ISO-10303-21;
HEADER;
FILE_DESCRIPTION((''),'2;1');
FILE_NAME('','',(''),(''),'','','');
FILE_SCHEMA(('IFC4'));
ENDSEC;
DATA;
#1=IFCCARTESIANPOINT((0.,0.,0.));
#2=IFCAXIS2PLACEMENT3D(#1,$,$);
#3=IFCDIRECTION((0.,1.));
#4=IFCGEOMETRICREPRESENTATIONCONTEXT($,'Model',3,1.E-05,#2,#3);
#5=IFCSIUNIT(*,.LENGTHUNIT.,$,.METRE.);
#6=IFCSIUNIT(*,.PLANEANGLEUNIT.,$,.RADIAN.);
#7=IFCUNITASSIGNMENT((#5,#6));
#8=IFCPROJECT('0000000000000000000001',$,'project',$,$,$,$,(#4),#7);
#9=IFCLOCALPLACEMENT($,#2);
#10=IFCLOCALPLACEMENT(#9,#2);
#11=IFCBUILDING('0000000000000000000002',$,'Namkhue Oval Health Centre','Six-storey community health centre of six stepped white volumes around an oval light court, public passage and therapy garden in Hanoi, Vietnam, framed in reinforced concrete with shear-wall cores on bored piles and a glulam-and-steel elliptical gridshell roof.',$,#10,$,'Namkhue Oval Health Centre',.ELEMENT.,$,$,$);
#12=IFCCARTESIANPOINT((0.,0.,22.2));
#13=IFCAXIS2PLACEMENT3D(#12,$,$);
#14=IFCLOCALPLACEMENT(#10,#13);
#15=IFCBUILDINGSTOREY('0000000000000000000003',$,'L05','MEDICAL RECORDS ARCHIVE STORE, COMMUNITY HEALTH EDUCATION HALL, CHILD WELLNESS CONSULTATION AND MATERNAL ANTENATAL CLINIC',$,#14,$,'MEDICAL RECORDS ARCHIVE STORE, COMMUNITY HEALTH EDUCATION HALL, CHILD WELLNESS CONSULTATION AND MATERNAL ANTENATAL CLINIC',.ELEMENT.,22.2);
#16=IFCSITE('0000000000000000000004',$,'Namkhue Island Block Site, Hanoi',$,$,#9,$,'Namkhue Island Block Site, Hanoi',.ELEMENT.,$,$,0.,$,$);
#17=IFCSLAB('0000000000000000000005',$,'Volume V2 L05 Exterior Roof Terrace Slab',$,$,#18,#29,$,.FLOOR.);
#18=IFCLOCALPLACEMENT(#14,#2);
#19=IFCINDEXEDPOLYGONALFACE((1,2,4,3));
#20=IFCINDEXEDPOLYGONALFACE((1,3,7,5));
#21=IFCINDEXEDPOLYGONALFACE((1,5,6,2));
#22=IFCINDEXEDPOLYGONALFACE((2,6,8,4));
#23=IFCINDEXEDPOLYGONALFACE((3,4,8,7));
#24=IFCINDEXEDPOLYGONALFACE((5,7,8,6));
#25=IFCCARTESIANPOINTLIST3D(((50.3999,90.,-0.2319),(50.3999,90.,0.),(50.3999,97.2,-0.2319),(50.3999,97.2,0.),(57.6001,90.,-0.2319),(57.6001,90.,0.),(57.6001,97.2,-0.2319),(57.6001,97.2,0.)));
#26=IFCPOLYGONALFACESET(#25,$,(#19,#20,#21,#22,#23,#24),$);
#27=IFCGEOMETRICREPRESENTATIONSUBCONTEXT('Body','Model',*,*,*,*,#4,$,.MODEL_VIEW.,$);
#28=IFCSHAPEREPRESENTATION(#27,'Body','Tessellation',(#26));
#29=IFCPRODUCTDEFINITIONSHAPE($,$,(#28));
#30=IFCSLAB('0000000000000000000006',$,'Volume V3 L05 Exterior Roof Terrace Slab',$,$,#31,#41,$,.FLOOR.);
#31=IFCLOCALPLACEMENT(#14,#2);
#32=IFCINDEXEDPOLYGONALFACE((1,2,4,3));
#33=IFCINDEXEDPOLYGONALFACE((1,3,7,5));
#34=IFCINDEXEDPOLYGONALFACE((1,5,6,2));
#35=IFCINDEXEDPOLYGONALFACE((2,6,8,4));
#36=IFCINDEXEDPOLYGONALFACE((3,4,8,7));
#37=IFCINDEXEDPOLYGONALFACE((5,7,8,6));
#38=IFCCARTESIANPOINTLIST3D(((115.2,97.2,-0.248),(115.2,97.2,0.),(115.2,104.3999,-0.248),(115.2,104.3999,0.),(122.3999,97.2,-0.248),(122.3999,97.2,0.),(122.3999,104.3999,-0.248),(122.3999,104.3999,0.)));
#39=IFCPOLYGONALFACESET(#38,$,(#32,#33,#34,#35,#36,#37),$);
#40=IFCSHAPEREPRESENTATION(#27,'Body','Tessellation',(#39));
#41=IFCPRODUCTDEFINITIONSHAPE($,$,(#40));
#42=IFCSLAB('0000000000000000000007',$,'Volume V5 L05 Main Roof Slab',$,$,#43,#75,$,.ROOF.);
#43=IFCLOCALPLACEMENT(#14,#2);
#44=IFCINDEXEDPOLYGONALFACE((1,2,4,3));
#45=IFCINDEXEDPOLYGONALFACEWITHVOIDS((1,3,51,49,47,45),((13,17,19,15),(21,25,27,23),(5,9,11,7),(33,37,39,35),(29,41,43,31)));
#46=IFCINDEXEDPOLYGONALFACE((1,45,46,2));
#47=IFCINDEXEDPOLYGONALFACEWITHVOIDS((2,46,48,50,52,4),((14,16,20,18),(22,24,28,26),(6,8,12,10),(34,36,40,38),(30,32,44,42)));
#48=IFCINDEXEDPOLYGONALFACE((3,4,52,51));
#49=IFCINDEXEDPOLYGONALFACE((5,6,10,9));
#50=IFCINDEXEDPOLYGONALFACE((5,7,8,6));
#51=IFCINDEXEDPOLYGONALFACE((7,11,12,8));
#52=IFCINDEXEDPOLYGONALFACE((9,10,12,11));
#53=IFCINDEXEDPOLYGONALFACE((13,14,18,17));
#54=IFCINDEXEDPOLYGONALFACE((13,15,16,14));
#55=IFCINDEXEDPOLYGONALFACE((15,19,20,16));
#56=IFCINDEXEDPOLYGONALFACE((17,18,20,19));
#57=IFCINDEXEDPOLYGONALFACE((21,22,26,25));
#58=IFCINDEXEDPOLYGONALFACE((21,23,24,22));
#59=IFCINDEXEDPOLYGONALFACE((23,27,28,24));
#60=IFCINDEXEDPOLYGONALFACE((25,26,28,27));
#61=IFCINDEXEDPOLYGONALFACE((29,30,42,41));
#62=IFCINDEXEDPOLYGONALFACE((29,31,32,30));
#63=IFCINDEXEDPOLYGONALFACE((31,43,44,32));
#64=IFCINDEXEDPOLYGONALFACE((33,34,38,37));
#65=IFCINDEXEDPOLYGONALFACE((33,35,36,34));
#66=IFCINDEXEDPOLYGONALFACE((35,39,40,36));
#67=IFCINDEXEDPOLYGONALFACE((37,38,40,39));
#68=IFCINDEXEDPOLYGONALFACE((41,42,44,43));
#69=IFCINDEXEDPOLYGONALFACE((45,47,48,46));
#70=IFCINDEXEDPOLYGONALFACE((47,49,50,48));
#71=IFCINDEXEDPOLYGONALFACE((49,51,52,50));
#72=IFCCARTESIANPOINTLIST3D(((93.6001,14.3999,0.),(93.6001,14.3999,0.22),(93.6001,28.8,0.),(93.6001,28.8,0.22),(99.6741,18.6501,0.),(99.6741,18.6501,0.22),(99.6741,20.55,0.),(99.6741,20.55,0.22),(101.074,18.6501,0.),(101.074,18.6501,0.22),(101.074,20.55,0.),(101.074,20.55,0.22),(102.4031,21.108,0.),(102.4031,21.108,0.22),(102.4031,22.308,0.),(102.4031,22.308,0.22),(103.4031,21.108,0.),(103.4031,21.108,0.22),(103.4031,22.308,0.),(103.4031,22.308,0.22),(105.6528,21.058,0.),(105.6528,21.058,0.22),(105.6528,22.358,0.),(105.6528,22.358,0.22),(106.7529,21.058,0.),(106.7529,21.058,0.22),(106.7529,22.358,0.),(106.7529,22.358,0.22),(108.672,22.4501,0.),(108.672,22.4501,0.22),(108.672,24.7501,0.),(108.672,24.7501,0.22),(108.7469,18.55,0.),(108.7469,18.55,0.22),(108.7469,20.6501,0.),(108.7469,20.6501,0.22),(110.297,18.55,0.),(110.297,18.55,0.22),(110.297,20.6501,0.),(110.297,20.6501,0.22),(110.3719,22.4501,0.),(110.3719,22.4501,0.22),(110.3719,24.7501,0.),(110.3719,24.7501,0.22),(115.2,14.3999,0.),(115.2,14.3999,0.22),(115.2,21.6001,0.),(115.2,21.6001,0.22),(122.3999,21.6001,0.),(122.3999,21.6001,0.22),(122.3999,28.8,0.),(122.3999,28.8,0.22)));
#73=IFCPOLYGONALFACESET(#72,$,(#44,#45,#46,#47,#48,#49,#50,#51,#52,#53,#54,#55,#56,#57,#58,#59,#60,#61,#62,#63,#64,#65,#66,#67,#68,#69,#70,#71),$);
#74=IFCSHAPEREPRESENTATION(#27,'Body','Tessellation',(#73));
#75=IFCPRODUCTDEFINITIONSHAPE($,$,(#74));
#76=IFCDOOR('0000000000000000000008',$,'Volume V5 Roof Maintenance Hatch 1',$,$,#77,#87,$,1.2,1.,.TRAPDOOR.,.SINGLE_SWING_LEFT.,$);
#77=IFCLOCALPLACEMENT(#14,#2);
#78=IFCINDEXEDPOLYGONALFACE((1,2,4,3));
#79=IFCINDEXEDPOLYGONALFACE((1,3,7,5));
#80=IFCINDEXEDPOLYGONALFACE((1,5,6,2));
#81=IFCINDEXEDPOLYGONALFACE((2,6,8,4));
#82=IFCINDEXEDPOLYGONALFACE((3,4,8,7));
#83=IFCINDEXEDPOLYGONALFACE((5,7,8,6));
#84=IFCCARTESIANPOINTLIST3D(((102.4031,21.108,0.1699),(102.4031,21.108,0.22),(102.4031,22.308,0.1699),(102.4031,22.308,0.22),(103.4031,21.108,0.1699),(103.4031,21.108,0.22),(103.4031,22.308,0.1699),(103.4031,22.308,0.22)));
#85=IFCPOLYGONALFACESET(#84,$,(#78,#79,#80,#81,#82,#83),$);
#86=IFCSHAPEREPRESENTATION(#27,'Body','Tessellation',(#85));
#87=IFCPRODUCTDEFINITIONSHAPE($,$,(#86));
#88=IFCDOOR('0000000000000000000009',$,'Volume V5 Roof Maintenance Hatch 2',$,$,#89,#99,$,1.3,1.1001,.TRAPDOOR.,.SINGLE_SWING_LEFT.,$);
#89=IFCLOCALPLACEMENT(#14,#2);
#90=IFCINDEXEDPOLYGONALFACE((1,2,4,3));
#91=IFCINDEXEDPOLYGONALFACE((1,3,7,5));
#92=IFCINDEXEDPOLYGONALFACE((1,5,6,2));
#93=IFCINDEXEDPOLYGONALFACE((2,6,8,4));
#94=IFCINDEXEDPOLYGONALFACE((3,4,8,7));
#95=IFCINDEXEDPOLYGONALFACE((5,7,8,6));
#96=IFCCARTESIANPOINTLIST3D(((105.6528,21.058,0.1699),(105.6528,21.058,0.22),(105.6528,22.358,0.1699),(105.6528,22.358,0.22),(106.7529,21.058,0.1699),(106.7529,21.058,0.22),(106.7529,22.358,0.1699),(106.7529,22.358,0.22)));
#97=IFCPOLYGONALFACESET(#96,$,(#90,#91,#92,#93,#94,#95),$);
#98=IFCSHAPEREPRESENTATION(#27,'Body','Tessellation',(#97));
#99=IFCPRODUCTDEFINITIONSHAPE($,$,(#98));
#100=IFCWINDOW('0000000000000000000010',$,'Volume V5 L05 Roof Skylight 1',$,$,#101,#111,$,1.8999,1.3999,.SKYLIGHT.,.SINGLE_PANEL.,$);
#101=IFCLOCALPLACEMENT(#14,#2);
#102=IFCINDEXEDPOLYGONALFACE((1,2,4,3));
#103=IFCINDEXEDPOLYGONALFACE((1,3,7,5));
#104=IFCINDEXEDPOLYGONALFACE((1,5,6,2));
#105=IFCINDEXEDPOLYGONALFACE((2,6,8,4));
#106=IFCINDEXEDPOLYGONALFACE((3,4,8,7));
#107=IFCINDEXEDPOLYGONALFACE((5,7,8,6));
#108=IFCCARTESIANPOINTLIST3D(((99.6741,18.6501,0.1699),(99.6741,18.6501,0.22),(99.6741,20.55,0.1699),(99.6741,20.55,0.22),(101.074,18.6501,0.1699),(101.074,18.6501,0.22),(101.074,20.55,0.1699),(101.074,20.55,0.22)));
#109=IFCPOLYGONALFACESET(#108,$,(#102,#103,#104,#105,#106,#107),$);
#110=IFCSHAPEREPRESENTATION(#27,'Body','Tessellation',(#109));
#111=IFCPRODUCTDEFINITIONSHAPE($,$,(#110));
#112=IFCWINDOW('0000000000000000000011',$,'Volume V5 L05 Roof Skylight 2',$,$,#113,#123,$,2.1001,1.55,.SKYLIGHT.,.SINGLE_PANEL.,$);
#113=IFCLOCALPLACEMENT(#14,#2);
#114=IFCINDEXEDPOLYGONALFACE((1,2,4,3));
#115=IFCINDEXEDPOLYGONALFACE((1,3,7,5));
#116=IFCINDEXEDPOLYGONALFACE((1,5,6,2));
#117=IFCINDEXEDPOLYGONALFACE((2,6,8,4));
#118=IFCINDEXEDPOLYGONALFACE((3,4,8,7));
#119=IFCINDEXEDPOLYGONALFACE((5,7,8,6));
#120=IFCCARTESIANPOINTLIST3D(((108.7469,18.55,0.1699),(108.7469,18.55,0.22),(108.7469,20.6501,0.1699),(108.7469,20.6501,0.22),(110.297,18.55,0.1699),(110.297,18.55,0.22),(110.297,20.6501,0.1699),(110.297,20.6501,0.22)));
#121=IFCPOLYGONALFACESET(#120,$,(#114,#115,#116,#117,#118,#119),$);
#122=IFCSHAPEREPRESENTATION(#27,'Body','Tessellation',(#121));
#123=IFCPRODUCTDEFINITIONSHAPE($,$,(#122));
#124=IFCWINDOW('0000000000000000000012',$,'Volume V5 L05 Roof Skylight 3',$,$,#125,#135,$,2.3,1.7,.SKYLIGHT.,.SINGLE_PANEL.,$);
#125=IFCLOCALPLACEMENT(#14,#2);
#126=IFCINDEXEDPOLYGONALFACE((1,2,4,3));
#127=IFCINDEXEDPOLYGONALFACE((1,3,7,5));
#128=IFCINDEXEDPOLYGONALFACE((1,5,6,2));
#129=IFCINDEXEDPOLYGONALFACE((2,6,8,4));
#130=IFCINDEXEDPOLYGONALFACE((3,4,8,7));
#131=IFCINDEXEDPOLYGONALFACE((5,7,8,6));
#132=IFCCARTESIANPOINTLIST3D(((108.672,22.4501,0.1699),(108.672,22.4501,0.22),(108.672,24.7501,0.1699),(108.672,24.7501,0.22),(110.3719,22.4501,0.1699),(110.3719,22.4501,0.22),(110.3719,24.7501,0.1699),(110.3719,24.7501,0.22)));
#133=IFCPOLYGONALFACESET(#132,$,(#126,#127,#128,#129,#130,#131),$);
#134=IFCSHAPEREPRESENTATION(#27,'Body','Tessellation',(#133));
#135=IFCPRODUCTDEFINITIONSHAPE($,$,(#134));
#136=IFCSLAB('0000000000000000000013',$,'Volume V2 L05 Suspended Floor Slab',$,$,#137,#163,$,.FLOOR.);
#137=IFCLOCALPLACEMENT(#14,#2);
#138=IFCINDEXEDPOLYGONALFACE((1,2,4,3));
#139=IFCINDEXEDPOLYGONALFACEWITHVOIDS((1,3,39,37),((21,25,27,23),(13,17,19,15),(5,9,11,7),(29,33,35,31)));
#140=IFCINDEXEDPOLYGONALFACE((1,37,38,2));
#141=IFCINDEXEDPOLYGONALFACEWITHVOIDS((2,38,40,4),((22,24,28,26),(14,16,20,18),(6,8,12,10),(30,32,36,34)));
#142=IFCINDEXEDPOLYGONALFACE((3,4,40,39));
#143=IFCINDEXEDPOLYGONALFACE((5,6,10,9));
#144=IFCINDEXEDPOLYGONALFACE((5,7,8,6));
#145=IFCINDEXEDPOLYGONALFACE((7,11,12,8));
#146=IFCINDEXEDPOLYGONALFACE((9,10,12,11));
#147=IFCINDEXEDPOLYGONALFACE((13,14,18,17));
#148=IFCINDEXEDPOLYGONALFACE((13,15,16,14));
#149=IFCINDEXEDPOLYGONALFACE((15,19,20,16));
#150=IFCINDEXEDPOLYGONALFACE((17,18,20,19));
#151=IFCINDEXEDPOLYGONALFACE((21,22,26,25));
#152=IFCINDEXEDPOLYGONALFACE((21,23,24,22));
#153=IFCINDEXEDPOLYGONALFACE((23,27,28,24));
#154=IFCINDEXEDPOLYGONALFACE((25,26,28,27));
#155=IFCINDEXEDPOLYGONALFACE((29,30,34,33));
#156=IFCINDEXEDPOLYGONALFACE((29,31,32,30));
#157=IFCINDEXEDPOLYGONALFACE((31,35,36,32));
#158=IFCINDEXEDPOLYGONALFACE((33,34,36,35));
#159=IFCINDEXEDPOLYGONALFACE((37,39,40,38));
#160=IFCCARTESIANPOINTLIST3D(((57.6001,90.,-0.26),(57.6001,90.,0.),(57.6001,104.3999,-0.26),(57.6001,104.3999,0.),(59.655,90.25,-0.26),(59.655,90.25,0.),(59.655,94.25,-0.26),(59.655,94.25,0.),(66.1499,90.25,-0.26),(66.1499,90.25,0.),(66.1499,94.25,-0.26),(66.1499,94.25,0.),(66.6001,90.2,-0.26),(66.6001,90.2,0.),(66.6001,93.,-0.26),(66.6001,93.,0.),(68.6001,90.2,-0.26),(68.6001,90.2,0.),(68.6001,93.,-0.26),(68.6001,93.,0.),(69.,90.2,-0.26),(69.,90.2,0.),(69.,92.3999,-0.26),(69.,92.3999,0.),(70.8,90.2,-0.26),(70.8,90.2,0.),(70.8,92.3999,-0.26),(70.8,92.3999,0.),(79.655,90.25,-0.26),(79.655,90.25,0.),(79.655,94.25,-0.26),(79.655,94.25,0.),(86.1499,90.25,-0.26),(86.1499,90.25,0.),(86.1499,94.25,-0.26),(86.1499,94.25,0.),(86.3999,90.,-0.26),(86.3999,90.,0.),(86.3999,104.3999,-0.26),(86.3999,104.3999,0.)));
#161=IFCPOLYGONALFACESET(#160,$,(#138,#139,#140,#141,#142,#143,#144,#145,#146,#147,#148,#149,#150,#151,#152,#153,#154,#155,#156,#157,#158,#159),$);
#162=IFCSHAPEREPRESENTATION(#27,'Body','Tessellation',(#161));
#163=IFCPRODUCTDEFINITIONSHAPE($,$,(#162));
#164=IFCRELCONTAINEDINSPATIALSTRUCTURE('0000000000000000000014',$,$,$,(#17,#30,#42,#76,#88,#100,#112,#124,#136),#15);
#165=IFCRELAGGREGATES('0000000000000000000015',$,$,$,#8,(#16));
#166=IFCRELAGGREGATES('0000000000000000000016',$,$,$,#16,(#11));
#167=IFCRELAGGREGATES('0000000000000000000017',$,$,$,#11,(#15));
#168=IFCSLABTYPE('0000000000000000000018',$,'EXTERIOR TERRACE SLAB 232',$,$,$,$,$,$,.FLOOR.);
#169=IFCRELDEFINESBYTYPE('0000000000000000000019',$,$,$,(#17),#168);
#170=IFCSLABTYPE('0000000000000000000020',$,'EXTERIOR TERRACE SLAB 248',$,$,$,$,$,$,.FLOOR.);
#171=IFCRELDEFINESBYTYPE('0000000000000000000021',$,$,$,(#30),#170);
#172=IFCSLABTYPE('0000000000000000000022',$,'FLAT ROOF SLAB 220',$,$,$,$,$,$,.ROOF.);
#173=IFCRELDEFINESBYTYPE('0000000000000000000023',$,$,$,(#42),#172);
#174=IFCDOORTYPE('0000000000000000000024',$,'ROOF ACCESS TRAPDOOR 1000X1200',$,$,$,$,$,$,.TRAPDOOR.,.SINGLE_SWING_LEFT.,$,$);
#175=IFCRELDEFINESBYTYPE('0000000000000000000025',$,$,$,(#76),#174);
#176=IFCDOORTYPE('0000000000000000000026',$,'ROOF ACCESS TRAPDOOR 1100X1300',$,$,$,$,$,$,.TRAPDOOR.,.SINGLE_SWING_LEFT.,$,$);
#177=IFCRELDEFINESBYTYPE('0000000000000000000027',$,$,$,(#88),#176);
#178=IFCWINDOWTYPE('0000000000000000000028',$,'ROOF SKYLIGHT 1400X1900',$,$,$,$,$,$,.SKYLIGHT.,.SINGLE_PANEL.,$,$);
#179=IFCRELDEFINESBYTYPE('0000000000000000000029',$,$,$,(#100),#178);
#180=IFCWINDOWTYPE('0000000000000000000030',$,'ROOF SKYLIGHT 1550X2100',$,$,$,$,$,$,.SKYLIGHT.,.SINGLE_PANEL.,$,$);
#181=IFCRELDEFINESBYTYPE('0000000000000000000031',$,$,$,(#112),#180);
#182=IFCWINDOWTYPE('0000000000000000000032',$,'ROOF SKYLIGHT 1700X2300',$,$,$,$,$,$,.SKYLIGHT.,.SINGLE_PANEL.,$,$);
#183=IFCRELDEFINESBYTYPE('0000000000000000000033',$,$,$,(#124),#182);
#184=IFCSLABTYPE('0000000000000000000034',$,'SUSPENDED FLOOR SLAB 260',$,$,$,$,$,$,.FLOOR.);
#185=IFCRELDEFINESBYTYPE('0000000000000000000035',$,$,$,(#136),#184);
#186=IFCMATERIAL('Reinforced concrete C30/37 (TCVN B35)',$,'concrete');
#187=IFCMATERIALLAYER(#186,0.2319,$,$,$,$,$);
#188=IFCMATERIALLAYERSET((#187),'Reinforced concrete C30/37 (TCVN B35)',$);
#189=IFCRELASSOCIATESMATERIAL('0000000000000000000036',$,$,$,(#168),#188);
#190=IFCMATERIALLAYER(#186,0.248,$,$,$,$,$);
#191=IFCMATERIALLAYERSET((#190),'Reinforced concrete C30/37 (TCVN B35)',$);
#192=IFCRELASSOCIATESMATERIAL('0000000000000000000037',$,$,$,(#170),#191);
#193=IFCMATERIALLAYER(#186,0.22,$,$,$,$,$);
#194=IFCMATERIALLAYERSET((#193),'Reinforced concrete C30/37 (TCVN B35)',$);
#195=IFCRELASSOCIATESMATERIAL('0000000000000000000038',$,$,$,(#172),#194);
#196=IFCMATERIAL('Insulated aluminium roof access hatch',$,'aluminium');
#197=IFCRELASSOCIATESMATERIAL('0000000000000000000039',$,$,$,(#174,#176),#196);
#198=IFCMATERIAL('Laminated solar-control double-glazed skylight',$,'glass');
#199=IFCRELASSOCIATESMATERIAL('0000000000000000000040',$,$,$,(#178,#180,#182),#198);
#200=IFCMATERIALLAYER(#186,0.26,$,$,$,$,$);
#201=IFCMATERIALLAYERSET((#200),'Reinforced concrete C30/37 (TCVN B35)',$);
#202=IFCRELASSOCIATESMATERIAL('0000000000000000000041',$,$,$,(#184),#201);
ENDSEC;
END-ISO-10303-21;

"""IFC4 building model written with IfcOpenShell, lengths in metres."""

from ifc_helpers import new_model, si_unit, direction, frame, origin, origin_2d, place, context, subcontext, project, spatial, polyline, rectangle, outline, extrude, material, layer, layer_set, type_object, element, fill, save


model = new_model("IFC4")

# Units and contexts
model_context = context("Model", 3, precision=1e-05, world=origin(), true_north=direction((0.0, 1.0)))
body_context = subcontext(model_context, "Body", "Model", "MODEL_VIEW")
ifc_project = project(units=[si_unit("LENGTHUNIT", "METRE"), si_unit("PLANEANGLEUNIT", "RADIAN")], contexts=[model_context])

# Site, building, storey
site_placement = place(None, origin())
site = spatial("IfcSite", under=ifc_project, at=site_placement, Name="Namkhue Island Block Site, Hanoi", LongName="Namkhue Island Block Site, Hanoi", CompositionType="ELEMENT", RefElevation=0.0)
building_placement = place(site_placement, origin())
building = spatial("IfcBuilding", under=site, at=building_placement, Name="Namkhue Oval Health Centre", Description="Six-storey community health centre of six stepped white volumes around an oval light court, public passage and therapy garden in Hanoi, Vietnam, framed in reinforced concrete with shear-wall cores on bored piles and a glulam-and-steel elliptical gridshell roof.", LongName="Namkhue Oval Health Centre", CompositionType="ELEMENT")
storey_placement = place(building_placement, frame((0.0, 0.0, 22.2)))
storey = spatial("IfcBuildingStorey", under=building, at=storey_placement, Name="L05", Description="MEDICAL RECORDS ARCHIVE STORE, COMMUNITY HEALTH EDUCATION HALL, CHILD WELLNESS CONSULTATION AND MATERNAL ANTENATAL CLINIC", LongName="MEDICAL RECORDS ARCHIVE STORE, COMMUNITY HEALTH EDUCATION HALL, CHILD WELLNESS CONSULTATION AND MATERNAL ANTENATAL CLINIC", CompositionType="ELEMENT", Elevation=22.2)

# Slabs
ifc_material_1 = material(Name="Reinforced concrete C30/37 (TCVN B35)", Category="concrete")
ifc_layer_1 = layer(ifc_material_1, 0.2319)
ifc_layer_set_1 = layer_set([ifc_layer_1], Name="Reinforced concrete C30/37 (TCVN B35)")
slab_type_1 = type_object("IfcSlabType", Name="EXTERIOR TERRACE SLAB 232", PredefinedType="FLOOR", material=ifc_layer_set_1)
slab_1_placement = place(storey_placement, frame((0.0, 0.0, -0.2319)))
element("IfcSlab", 1, at=slab_1_placement, inside=storey, type_object=slab_type_1, Name="Volume V2 L05 Exterior Roof Terrace Slab", PredefinedType="FLOOR", context=body_context, shape_type="SweptSolid", body=[
    extrude(outline(polyline([(50.3999, 90.0), (57.6001, 90.0), (57.6001, 97.2), (50.3999, 97.2), (50.3999, 90.0)])), origin(), (0.0, 0.0, 1.0), 0.2319),
])
ifc_layer_2 = layer(ifc_material_1, 0.248)
ifc_layer_set_2 = layer_set([ifc_layer_2], Name="Reinforced concrete C30/37 (TCVN B35)")
slab_type_2 = type_object("IfcSlabType", Name="EXTERIOR TERRACE SLAB 248", PredefinedType="FLOOR", material=ifc_layer_set_2)
slab_2_placement = place(storey_placement, frame((0.0, 0.0, -0.248)))
element("IfcSlab", 2, at=slab_2_placement, inside=storey, type_object=slab_type_2, Name="Volume V3 L05 Exterior Roof Terrace Slab", PredefinedType="FLOOR", context=body_context, shape_type="SweptSolid", body=[
    extrude(outline(polyline([(115.2, 97.2), (122.3999, 97.2), (122.3999, 104.3999), (115.2, 104.3999), (115.2, 97.2)])), origin(), (0.0, 0.0, 1.0), 0.248),
])

# Slab, openings, doors, windows
ifc_layer_3 = layer(ifc_material_1, 0.22)
ifc_layer_set_3 = layer_set([ifc_layer_3], Name="Reinforced concrete C30/37 (TCVN B35)")
slab_type_3 = type_object("IfcSlabType", Name="FLAT ROOF SLAB 220", PredefinedType="ROOF", material=ifc_layer_set_3)
slab_3_placement = place(storey_placement, origin())
slab_3 = element("IfcSlab", 3, at=slab_3_placement, inside=storey, type_object=slab_type_3, Name="Volume V5 L05 Main Roof Slab", PredefinedType="ROOF", context=body_context, shape_type="SweptSolid", body=[
    extrude(outline(polyline([(93.6001, 14.3999), (115.2, 14.3999), (115.2, 21.6001), (122.3999, 21.6001), (122.3999, 28.8), (93.6001, 28.8), (93.6001, 14.3999)])), origin(), (0.0, 0.0, 1.0), 0.22),
])
opening_1_placement = place(slab_3_placement, frame((102.9031, 21.708, 0.0)))
opening_1 = element("IfcOpeningElement", 4, at=opening_1_placement, cuts=slab_3, PredefinedType="OPENING", context=body_context, shape_type="SweptSolid", body=[
    extrude(rectangle(XDim=1.0, YDim=1.2, at=origin_2d()), frame((0.0, 0.0, -0.01)), (0.0, 0.0, 1.0), 0.24),
])
opening_2_placement = place(slab_3_placement, frame((106.2029, 21.708, 0.0)))
opening_2 = element("IfcOpeningElement", 5, at=opening_2_placement, cuts=slab_3, PredefinedType="OPENING", context=body_context, shape_type="SweptSolid", body=[
    extrude(rectangle(XDim=1.1001, YDim=1.3, at=origin_2d()), frame((0.0, 0.0, -0.01)), (0.0, 0.0, 1.0), 0.24),
])
opening_3_placement = place(slab_3_placement, frame((100.374, 19.6001, 0.0)))
opening_3 = element("IfcOpeningElement", 6, at=opening_3_placement, cuts=slab_3, PredefinedType="OPENING", context=body_context, shape_type="SweptSolid", body=[
    extrude(rectangle(XDim=1.3999, YDim=1.8999, at=origin_2d()), frame((0.0, 0.0, -0.01)), (0.0, 0.0, 1.0), 0.24),
])
opening_4_placement = place(slab_3_placement, frame((109.522, 19.6001, 0.0)))
opening_4 = element("IfcOpeningElement", 7, at=opening_4_placement, cuts=slab_3, PredefinedType="OPENING", context=body_context, shape_type="SweptSolid", body=[
    extrude(rectangle(XDim=1.55, YDim=2.1001, at=origin_2d()), frame((0.0, 0.0, -0.01)), (0.0, 0.0, 1.0), 0.24),
])
opening_5_placement = place(slab_3_placement, frame((109.522, 23.6001, 0.0)))
opening_5 = element("IfcOpeningElement", 8, at=opening_5_placement, cuts=slab_3, PredefinedType="OPENING", context=body_context, shape_type="SweptSolid", body=[
    extrude(rectangle(XDim=1.7, YDim=2.3, at=origin_2d()), frame((0.0, 0.0, -0.01)), (0.0, 0.0, 1.0), 0.24),
])
ifc_material_2 = material(Name="Insulated aluminium roof access hatch", Category="aluminium")
door_type_1 = type_object("IfcDoorType", Name="ROOF ACCESS TRAPDOOR 1000X1200", OperationType="SINGLE_SWING_LEFT", PredefinedType="TRAPDOOR", material=ifc_material_2)
door_1_placement = place(opening_1_placement, frame((0.0, 0.0, 0.1699)))
door_1 = element("IfcDoor", 9, at=door_1_placement, inside=storey, type_object=door_type_1, Name="Volume V5 Roof Maintenance Hatch 1", OperationType="SINGLE_SWING_LEFT", OverallHeight=1.2, OverallWidth=1.0, PredefinedType="TRAPDOOR", context=body_context, shape_type="SweptSolid", body=[
    extrude(rectangle(XDim=1.0, YDim=1.2, at=origin_2d()), origin(), (0.0, 0.0, 1.0), 0.05),
])
fill(opening_1, door_1)
door_type_2 = type_object("IfcDoorType", Name="ROOF ACCESS TRAPDOOR 1100X1300", OperationType="SINGLE_SWING_LEFT", PredefinedType="TRAPDOOR", material=ifc_material_2)
door_2_placement = place(opening_2_placement, frame((0.0, 0.0, 0.1699)))
door_2 = element("IfcDoor", 10, at=door_2_placement, inside=storey, type_object=door_type_2, Name="Volume V5 Roof Maintenance Hatch 2", OperationType="SINGLE_SWING_LEFT", OverallHeight=1.3, OverallWidth=1.1001, PredefinedType="TRAPDOOR", context=body_context, shape_type="SweptSolid", body=[
    extrude(rectangle(XDim=1.1001, YDim=1.3, at=origin_2d()), origin(), (0.0, 0.0, 1.0), 0.05),
])
fill(opening_2, door_2)
ifc_material_3 = material(Name="Laminated solar-control double-glazed skylight", Category="glass")
window_type_1 = type_object("IfcWindowType", Name="ROOF SKYLIGHT 1400X1900", PartitioningType="SINGLE_PANEL", PredefinedType="SKYLIGHT", material=ifc_material_3)
window_1_placement = place(opening_3_placement, frame((0.0, 0.0, 0.1699)))
window_1 = element("IfcWindow", 11, at=window_1_placement, inside=storey, type_object=window_type_1, Name="Volume V5 L05 Roof Skylight 1", OverallHeight=1.8999, OverallWidth=1.3999, PartitioningType="SINGLE_PANEL", PredefinedType="SKYLIGHT", context=body_context, shape_type="SweptSolid", body=[
    extrude(rectangle(XDim=1.3999, YDim=1.8999, at=origin_2d()), origin(), (0.0, 0.0, 1.0), 0.05),
])
fill(opening_3, window_1)
window_type_2 = type_object("IfcWindowType", Name="ROOF SKYLIGHT 1550X2100", PartitioningType="SINGLE_PANEL", PredefinedType="SKYLIGHT", material=ifc_material_3)
window_2_placement = place(opening_4_placement, frame((0.0, 0.0, 0.1699)))
window_2 = element("IfcWindow", 12, at=window_2_placement, inside=storey, type_object=window_type_2, Name="Volume V5 L05 Roof Skylight 2", OverallHeight=2.1001, OverallWidth=1.55, PartitioningType="SINGLE_PANEL", PredefinedType="SKYLIGHT", context=body_context, shape_type="SweptSolid", body=[
    extrude(rectangle(XDim=1.55, YDim=2.1001, at=origin_2d()), origin(), (0.0, 0.0, 1.0), 0.05),
])
fill(opening_4, window_2)
window_type_3 = type_object("IfcWindowType", Name="ROOF SKYLIGHT 1700X2300", PartitioningType="SINGLE_PANEL", PredefinedType="SKYLIGHT", material=ifc_material_3)
window_3_placement = place(opening_5_placement, frame((0.0, 0.0, 0.1699)))
window_3 = element("IfcWindow", 13, at=window_3_placement, inside=storey, type_object=window_type_3, Name="Volume V5 L05 Roof Skylight 3", OverallHeight=2.3, OverallWidth=1.7, PartitioningType="SINGLE_PANEL", PredefinedType="SKYLIGHT", context=body_context, shape_type="SweptSolid", body=[
    extrude(rectangle(XDim=1.7, YDim=2.3, at=origin_2d()), origin(), (0.0, 0.0, 1.0), 0.05),
])
fill(opening_5, window_3)

# Slab
ifc_layer_4 = layer(ifc_material_1, 0.26)
ifc_layer_set_4 = layer_set([ifc_layer_4], Name="Reinforced concrete C30/37 (TCVN B35)")
slab_type_4 = type_object("IfcSlabType", Name="SUSPENDED FLOOR SLAB 260", PredefinedType="FLOOR", material=ifc_layer_set_4)
slab_4_placement = place(storey_placement, frame((0.0, 0.0, -0.26)))
element("IfcSlab", 14, at=slab_4_placement, inside=storey, type_object=slab_type_4, Name="Volume V2 L05 Suspended Floor Slab", PredefinedType="FLOOR", context=body_context, shape_type="SweptSolid", body=[
    extrude(outline(polyline([(57.6001, 90.0), (86.3999, 90.0), (86.3999, 104.3999), (57.6001, 104.3999), (57.6001, 90.0)]), holes=[polyline([(59.655, 90.25), (66.1499, 90.25), (66.1499, 94.25), (59.655, 94.25), (59.655, 90.25)]), polyline([(79.655, 90.25), (86.1499, 90.25), (86.1499, 94.25), (79.655, 94.25), (79.655, 90.25)]), polyline([(66.6001, 90.2), (68.6001, 90.2), (68.6001, 93.0), (66.6001, 93.0), (66.6001, 90.2)]), polyline([(69.0, 90.2), (70.8, 90.2), (70.8, 92.3999), (69.0, 92.3999), (69.0, 90.2)])]), origin(), (0.0, 0.0, 1.0), 0.26),
])

save(model, "model.ifc")
